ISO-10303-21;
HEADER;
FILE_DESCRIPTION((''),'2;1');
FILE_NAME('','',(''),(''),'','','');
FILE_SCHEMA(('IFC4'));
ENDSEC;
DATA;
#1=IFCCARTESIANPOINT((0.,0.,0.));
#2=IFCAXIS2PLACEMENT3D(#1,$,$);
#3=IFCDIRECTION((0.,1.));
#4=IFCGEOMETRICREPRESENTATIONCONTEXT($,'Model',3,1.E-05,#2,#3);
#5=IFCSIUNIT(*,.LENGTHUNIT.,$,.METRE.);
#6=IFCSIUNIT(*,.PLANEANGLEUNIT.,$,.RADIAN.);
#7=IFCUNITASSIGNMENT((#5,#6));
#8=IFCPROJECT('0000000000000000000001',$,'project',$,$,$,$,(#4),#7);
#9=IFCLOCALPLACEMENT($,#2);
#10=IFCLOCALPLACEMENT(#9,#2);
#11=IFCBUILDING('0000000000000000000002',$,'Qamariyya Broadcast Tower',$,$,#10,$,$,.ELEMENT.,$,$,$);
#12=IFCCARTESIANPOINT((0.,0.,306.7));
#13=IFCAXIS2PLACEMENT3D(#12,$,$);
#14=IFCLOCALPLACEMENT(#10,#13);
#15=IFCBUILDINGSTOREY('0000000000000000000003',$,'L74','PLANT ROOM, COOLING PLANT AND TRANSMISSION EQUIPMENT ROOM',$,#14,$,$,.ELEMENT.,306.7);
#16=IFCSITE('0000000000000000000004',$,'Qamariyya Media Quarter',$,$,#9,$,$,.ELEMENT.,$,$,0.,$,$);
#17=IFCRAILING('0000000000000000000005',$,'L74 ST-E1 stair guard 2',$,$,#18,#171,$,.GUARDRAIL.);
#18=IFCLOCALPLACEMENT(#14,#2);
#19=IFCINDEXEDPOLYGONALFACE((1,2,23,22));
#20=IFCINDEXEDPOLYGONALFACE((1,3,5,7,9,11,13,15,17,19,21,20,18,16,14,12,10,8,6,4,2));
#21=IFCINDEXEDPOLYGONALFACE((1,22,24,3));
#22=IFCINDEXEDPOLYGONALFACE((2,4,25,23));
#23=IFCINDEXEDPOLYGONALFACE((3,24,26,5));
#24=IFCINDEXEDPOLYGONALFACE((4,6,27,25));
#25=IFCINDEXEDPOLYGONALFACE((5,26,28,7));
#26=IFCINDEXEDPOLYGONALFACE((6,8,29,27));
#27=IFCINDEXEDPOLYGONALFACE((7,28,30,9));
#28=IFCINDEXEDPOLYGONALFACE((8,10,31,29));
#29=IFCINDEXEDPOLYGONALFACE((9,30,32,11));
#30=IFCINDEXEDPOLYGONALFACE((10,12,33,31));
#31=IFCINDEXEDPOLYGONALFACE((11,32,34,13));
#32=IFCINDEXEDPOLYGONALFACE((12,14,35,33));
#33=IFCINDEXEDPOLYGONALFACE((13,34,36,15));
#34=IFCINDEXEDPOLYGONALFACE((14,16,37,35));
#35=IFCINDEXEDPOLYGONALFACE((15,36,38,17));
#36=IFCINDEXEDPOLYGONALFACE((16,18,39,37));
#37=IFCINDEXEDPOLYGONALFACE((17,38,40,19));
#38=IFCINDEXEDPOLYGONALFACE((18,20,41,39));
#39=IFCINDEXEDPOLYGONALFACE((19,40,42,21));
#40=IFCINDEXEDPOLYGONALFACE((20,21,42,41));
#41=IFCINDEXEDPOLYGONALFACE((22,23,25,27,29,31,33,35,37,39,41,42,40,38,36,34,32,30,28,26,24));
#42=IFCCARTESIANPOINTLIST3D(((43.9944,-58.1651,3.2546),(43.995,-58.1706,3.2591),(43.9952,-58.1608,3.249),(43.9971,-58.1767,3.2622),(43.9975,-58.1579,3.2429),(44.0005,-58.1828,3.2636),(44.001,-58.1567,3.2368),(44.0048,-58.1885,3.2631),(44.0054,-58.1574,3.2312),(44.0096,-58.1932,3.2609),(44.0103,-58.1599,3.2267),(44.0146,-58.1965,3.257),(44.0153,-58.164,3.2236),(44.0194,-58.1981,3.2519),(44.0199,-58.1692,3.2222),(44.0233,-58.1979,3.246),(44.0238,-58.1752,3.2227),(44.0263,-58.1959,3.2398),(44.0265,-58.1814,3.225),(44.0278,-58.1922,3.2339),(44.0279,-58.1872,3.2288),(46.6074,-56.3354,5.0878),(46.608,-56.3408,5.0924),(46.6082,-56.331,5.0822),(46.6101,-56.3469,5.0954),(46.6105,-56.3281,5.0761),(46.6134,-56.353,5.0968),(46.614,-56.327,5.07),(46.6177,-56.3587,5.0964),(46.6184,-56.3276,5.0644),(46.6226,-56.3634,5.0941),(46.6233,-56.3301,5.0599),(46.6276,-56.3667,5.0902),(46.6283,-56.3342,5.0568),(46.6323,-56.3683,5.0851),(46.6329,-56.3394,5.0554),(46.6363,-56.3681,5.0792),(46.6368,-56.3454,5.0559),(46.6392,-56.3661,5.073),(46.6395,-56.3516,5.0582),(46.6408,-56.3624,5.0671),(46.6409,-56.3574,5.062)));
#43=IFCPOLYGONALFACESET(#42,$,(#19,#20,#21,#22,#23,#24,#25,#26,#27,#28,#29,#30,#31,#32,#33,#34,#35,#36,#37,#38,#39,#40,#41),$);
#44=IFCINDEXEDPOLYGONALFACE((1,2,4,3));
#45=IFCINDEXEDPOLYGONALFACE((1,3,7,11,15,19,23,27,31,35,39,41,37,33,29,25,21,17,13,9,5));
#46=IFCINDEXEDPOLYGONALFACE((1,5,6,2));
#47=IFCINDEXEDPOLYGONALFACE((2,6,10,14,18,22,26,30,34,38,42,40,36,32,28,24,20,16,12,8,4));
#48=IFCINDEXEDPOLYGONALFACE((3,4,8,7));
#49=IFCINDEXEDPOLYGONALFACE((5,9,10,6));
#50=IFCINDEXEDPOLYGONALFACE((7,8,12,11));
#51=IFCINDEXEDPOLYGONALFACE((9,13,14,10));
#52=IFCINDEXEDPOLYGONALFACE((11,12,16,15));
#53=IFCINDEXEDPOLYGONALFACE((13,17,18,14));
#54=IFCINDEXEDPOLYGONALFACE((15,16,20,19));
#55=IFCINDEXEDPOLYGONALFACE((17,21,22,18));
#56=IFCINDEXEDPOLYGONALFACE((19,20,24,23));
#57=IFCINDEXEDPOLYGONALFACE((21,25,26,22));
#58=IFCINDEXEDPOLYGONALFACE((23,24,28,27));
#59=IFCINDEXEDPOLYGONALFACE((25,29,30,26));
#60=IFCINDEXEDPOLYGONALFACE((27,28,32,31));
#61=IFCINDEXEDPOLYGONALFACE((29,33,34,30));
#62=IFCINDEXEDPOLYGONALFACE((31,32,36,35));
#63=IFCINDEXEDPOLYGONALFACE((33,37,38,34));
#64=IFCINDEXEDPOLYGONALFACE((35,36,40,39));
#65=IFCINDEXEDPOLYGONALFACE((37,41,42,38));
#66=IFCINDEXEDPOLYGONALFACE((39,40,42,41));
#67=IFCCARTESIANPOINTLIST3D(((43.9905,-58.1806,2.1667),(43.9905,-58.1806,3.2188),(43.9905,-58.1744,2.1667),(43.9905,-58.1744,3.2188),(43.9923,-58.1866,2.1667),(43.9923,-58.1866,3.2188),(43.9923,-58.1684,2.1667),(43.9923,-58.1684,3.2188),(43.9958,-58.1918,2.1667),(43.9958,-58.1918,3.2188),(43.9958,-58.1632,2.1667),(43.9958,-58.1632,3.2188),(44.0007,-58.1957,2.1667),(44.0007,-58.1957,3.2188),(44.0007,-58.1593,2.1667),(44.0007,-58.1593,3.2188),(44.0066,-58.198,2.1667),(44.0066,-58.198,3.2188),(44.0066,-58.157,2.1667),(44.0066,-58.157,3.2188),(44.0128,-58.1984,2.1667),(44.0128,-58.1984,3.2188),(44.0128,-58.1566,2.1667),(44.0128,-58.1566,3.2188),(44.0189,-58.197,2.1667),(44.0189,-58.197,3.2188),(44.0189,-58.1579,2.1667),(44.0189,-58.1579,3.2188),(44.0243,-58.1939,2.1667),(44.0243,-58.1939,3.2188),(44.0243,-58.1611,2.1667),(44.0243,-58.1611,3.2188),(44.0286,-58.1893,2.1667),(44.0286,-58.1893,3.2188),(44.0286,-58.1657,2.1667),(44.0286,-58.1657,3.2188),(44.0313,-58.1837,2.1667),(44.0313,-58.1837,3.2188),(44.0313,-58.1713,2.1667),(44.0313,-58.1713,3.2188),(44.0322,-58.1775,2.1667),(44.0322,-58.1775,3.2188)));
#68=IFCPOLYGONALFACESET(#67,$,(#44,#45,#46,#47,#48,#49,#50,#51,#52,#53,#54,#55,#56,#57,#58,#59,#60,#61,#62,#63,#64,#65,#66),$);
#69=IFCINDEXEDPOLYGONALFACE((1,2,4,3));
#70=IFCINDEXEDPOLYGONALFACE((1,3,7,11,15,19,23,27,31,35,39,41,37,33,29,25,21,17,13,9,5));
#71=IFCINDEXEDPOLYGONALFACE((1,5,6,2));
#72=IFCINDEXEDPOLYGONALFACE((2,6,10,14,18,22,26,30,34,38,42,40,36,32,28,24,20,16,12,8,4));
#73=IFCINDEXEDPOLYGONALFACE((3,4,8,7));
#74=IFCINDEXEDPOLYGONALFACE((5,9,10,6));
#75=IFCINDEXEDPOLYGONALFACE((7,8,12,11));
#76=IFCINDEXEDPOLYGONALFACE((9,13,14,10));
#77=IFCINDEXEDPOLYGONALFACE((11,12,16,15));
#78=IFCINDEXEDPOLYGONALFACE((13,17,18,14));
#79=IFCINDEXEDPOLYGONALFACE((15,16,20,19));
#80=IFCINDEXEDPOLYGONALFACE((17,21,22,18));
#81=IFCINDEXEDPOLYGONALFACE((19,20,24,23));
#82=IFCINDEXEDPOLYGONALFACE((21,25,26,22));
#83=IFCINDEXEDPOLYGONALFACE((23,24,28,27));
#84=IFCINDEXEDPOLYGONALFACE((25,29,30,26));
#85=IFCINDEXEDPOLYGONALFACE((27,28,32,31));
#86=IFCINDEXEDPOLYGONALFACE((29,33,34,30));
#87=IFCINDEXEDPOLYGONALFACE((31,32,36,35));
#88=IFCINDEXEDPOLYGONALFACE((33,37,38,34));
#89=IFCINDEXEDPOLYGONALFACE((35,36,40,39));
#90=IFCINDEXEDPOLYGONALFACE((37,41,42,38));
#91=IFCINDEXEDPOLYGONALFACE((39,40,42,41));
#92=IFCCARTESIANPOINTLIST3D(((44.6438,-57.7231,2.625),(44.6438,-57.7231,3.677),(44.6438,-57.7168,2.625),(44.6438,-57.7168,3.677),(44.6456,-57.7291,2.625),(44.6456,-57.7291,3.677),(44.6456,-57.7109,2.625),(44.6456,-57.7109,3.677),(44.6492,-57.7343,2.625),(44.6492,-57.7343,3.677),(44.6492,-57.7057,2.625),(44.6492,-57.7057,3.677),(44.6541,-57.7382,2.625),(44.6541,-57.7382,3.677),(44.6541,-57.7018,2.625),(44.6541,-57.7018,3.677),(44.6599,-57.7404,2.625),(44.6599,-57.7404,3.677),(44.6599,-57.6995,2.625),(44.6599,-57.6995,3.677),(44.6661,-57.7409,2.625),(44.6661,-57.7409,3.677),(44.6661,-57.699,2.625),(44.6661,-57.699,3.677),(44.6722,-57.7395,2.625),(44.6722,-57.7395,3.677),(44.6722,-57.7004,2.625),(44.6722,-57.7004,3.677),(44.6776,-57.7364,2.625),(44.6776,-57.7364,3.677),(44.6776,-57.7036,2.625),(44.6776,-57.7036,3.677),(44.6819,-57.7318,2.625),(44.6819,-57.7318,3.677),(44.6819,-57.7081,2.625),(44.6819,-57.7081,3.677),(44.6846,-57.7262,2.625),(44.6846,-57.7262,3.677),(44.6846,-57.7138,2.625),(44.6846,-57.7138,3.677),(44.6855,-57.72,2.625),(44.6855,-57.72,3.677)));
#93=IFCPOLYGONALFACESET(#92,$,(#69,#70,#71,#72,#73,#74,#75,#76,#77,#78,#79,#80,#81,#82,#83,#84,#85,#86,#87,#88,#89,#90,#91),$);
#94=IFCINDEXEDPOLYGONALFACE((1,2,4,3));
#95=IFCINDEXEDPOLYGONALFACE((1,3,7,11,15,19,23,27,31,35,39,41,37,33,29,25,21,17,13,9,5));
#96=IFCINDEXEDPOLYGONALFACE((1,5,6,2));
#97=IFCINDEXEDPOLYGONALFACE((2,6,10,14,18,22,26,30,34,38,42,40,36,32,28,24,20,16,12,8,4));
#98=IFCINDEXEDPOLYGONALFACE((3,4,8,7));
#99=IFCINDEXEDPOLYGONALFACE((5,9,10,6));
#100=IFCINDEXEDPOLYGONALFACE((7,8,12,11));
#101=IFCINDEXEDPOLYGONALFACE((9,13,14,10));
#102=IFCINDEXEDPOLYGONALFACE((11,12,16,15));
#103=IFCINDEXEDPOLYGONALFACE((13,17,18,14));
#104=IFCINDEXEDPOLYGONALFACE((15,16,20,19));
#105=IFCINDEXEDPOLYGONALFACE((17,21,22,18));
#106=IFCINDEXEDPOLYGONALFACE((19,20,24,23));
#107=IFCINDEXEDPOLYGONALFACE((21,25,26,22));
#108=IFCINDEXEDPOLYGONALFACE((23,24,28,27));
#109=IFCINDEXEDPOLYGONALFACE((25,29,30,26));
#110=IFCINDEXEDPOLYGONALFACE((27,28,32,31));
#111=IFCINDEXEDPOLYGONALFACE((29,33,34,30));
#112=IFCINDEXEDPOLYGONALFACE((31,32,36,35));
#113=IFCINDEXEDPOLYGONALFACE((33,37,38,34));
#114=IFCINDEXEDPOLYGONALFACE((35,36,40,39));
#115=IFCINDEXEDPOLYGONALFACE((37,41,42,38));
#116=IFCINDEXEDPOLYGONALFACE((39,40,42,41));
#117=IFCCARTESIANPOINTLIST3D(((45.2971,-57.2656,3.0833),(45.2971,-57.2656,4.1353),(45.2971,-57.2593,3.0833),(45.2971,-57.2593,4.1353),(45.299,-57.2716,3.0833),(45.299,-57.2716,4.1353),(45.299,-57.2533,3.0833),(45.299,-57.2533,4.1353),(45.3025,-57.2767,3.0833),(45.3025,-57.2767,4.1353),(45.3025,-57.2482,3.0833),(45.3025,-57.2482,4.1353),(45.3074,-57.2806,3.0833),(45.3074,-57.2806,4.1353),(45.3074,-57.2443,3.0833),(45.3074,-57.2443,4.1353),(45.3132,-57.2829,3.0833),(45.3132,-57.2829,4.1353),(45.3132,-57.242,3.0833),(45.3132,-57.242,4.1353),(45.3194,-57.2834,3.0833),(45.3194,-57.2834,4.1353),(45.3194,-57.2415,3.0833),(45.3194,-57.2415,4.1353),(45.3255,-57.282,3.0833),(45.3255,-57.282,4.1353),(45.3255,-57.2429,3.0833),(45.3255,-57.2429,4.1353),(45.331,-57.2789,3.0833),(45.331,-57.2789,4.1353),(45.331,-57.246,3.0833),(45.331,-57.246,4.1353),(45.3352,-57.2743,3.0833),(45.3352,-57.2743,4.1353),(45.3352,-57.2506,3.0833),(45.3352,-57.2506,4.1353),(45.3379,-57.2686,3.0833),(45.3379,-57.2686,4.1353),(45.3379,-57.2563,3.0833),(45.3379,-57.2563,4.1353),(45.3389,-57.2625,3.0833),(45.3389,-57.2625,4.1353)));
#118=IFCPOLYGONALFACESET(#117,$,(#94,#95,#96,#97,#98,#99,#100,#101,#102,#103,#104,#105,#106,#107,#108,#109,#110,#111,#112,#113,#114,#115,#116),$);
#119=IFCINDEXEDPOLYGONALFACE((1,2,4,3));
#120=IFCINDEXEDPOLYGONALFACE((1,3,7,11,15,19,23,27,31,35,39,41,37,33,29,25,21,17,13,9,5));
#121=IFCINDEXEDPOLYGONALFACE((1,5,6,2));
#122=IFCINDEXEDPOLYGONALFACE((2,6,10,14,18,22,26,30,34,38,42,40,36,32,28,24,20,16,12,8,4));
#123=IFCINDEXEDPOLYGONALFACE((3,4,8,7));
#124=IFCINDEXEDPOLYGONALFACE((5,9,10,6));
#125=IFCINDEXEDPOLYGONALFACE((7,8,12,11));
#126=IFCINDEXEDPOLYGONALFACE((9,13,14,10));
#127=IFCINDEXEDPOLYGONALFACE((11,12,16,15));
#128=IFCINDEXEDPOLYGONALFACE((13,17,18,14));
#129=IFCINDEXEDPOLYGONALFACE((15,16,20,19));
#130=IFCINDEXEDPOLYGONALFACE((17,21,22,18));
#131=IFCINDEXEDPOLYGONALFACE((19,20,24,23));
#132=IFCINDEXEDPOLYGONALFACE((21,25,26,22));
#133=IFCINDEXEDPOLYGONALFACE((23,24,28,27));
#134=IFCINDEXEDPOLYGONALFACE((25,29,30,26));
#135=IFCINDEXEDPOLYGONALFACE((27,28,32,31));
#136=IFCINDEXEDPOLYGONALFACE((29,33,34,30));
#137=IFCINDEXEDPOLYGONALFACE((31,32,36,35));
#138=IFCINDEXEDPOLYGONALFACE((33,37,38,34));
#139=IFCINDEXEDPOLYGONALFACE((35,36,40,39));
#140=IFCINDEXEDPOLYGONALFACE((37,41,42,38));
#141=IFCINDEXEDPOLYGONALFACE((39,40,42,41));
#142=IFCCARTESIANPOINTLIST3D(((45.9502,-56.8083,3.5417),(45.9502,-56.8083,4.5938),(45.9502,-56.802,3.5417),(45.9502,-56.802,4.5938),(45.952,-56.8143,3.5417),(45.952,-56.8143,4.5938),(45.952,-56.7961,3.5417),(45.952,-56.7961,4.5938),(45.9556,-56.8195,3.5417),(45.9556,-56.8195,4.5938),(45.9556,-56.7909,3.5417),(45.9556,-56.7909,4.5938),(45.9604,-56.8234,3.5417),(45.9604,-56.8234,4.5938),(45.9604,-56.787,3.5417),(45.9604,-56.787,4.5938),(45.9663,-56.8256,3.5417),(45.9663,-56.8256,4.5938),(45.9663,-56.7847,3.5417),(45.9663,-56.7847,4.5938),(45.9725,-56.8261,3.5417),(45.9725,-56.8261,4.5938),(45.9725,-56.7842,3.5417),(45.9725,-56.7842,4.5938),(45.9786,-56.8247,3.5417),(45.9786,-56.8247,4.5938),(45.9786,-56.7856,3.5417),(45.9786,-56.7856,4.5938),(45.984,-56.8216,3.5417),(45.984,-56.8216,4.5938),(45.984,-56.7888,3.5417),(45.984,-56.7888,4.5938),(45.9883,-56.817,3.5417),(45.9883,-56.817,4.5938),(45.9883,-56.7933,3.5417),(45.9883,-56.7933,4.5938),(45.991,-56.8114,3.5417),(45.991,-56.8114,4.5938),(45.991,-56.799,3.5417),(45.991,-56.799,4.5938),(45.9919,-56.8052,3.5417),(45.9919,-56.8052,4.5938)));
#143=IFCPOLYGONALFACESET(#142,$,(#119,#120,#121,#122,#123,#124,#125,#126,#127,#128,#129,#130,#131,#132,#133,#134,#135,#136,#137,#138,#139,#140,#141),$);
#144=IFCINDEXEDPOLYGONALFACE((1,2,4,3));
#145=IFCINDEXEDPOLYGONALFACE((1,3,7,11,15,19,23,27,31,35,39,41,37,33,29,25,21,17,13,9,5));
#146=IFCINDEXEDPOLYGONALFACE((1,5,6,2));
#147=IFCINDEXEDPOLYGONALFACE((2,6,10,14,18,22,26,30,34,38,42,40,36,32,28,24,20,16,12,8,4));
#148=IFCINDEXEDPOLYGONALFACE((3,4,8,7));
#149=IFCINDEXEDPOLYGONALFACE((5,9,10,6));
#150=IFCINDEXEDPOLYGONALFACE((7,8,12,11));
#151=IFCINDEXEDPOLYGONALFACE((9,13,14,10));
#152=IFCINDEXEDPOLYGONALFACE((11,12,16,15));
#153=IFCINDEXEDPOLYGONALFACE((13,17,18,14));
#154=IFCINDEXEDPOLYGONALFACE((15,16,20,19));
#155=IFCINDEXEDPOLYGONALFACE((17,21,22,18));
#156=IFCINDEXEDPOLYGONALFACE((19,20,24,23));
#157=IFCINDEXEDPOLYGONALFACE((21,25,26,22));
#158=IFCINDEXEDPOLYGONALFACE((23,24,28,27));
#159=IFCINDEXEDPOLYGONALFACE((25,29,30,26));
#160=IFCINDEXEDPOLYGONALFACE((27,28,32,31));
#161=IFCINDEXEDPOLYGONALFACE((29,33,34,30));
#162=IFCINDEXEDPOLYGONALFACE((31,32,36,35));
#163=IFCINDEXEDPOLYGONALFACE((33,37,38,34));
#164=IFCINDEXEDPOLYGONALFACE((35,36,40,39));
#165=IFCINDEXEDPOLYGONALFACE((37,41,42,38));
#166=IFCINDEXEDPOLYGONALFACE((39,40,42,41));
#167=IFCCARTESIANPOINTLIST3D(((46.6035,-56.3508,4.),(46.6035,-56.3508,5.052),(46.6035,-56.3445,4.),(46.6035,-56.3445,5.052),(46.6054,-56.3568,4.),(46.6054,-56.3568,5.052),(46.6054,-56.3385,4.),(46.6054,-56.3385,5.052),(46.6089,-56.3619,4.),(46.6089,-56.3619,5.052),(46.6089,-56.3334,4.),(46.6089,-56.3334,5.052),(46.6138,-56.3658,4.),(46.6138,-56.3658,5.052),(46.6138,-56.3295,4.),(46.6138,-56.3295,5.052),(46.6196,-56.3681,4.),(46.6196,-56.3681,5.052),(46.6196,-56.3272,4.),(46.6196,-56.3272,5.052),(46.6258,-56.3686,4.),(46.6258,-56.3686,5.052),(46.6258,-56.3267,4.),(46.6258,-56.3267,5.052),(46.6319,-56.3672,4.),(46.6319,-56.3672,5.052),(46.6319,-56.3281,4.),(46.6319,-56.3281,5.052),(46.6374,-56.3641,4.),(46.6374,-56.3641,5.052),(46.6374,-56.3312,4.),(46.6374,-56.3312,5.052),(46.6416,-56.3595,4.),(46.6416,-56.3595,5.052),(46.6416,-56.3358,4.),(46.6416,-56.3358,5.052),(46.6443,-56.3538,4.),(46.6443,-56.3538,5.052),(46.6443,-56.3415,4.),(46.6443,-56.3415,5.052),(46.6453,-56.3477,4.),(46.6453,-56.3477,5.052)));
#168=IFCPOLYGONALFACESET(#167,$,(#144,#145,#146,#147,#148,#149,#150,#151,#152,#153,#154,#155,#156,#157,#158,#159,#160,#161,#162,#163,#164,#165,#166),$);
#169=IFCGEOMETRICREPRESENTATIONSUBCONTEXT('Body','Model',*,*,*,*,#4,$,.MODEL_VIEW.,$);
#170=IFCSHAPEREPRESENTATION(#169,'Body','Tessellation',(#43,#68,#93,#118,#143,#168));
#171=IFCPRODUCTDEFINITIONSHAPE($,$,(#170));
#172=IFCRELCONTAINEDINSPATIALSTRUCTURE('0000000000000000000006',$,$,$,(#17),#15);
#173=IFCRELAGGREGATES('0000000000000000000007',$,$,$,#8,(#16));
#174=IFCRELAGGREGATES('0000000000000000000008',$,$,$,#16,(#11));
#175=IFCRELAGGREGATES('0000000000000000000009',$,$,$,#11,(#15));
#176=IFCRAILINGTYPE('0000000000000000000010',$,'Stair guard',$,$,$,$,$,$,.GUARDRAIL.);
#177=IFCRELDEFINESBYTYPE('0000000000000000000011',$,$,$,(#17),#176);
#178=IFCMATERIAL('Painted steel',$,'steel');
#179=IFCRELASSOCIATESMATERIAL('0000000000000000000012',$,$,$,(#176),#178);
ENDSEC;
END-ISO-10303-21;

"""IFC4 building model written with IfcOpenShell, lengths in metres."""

from ifc_helpers import new_model, si_unit, direction, frame, origin, origin_2d, place, context, subcontext, project, spatial, circle, extrude, material, type_object, element, save


model = new_model("IFC4")

# Units and contexts
model_context = context("Model", 3, precision=1e-05, world=origin(), true_north=direction((0.0, 1.0)))
body_context = subcontext(model_context, "Body", "Model", "MODEL_VIEW")
ifc_project = project(units=[si_unit("LENGTHUNIT", "METRE"), si_unit("PLANEANGLEUNIT", "RADIAN")], contexts=[model_context])

# Site, building, storey
site_placement = place(None, origin())
site = spatial("IfcSite", under=ifc_project, at=site_placement, Name="Qamariyya Media Quarter", CompositionType="ELEMENT", RefElevation=0.0)
building_placement = place(site_placement, origin())
building = spatial("IfcBuilding", under=site, at=building_placement, Name="Qamariyya Broadcast Tower", CompositionType="ELEMENT")
storey_placement = place(building_placement, frame((0.0, 0.0, 306.7)))
storey = spatial("IfcBuildingStorey", under=building, at=storey_placement, Name="L74", Description="PLANT ROOM, COOLING PLANT AND TRANSMISSION EQUIPMENT ROOM", CompositionType="ELEMENT", Elevation=306.7)

# Railing
ifc_material_1 = material(Name="Painted steel", Category="steel")
railing_type_1 = type_object("IfcRailingType", Name="Stair guard", PredefinedType="GUARDRAIL", material=ifc_material_1)
railing_1_placement = place(storey_placement, frame((44.0112, -58.1775, 2.1667)))
element("IfcRailing", 1, at=railing_1_placement, inside=storey, type_object=railing_type_1, Name="L74 ST-E1 stair guard 2", PredefinedType="GUARDRAIL", context=body_context, shape_type="SweptSolid", body=[
    extrude(circle(Radius=0.0239, at=origin_2d()), frame((0.0, 0.0, 1.0762), z_axis=(0.710204, 0.497335, 0.498264), x_axis=(-0.573611, 0.819128, 0.0)), (0.0, 0.0, 1.0), 3.6792),
    extrude(circle(Radius=0.021, at=origin_2d()), origin(), (0.0, 0.0, 1.0), 1.052),
    extrude(circle(Radius=0.021, at=origin_2d()), frame((0.6533, 0.4575, 0.4583)), (0.0, 0.0, 1.0), 1.052),
    extrude(circle(Radius=0.021, at=origin_2d()), frame((1.3066, 0.915, 0.9165)), (0.0, 0.0, 1.0), 1.052),
    extrude(circle(Radius=0.021, at=origin_2d()), frame((1.9597, 1.3723, 1.375)), (0.0, 0.0, 1.0), 1.052),
    extrude(circle(Radius=0.021, at=origin_2d()), frame((2.613, 1.8298, 1.8333)), (0.0, 0.0, 1.0), 1.052),
])

save(model, "model.ifc")
